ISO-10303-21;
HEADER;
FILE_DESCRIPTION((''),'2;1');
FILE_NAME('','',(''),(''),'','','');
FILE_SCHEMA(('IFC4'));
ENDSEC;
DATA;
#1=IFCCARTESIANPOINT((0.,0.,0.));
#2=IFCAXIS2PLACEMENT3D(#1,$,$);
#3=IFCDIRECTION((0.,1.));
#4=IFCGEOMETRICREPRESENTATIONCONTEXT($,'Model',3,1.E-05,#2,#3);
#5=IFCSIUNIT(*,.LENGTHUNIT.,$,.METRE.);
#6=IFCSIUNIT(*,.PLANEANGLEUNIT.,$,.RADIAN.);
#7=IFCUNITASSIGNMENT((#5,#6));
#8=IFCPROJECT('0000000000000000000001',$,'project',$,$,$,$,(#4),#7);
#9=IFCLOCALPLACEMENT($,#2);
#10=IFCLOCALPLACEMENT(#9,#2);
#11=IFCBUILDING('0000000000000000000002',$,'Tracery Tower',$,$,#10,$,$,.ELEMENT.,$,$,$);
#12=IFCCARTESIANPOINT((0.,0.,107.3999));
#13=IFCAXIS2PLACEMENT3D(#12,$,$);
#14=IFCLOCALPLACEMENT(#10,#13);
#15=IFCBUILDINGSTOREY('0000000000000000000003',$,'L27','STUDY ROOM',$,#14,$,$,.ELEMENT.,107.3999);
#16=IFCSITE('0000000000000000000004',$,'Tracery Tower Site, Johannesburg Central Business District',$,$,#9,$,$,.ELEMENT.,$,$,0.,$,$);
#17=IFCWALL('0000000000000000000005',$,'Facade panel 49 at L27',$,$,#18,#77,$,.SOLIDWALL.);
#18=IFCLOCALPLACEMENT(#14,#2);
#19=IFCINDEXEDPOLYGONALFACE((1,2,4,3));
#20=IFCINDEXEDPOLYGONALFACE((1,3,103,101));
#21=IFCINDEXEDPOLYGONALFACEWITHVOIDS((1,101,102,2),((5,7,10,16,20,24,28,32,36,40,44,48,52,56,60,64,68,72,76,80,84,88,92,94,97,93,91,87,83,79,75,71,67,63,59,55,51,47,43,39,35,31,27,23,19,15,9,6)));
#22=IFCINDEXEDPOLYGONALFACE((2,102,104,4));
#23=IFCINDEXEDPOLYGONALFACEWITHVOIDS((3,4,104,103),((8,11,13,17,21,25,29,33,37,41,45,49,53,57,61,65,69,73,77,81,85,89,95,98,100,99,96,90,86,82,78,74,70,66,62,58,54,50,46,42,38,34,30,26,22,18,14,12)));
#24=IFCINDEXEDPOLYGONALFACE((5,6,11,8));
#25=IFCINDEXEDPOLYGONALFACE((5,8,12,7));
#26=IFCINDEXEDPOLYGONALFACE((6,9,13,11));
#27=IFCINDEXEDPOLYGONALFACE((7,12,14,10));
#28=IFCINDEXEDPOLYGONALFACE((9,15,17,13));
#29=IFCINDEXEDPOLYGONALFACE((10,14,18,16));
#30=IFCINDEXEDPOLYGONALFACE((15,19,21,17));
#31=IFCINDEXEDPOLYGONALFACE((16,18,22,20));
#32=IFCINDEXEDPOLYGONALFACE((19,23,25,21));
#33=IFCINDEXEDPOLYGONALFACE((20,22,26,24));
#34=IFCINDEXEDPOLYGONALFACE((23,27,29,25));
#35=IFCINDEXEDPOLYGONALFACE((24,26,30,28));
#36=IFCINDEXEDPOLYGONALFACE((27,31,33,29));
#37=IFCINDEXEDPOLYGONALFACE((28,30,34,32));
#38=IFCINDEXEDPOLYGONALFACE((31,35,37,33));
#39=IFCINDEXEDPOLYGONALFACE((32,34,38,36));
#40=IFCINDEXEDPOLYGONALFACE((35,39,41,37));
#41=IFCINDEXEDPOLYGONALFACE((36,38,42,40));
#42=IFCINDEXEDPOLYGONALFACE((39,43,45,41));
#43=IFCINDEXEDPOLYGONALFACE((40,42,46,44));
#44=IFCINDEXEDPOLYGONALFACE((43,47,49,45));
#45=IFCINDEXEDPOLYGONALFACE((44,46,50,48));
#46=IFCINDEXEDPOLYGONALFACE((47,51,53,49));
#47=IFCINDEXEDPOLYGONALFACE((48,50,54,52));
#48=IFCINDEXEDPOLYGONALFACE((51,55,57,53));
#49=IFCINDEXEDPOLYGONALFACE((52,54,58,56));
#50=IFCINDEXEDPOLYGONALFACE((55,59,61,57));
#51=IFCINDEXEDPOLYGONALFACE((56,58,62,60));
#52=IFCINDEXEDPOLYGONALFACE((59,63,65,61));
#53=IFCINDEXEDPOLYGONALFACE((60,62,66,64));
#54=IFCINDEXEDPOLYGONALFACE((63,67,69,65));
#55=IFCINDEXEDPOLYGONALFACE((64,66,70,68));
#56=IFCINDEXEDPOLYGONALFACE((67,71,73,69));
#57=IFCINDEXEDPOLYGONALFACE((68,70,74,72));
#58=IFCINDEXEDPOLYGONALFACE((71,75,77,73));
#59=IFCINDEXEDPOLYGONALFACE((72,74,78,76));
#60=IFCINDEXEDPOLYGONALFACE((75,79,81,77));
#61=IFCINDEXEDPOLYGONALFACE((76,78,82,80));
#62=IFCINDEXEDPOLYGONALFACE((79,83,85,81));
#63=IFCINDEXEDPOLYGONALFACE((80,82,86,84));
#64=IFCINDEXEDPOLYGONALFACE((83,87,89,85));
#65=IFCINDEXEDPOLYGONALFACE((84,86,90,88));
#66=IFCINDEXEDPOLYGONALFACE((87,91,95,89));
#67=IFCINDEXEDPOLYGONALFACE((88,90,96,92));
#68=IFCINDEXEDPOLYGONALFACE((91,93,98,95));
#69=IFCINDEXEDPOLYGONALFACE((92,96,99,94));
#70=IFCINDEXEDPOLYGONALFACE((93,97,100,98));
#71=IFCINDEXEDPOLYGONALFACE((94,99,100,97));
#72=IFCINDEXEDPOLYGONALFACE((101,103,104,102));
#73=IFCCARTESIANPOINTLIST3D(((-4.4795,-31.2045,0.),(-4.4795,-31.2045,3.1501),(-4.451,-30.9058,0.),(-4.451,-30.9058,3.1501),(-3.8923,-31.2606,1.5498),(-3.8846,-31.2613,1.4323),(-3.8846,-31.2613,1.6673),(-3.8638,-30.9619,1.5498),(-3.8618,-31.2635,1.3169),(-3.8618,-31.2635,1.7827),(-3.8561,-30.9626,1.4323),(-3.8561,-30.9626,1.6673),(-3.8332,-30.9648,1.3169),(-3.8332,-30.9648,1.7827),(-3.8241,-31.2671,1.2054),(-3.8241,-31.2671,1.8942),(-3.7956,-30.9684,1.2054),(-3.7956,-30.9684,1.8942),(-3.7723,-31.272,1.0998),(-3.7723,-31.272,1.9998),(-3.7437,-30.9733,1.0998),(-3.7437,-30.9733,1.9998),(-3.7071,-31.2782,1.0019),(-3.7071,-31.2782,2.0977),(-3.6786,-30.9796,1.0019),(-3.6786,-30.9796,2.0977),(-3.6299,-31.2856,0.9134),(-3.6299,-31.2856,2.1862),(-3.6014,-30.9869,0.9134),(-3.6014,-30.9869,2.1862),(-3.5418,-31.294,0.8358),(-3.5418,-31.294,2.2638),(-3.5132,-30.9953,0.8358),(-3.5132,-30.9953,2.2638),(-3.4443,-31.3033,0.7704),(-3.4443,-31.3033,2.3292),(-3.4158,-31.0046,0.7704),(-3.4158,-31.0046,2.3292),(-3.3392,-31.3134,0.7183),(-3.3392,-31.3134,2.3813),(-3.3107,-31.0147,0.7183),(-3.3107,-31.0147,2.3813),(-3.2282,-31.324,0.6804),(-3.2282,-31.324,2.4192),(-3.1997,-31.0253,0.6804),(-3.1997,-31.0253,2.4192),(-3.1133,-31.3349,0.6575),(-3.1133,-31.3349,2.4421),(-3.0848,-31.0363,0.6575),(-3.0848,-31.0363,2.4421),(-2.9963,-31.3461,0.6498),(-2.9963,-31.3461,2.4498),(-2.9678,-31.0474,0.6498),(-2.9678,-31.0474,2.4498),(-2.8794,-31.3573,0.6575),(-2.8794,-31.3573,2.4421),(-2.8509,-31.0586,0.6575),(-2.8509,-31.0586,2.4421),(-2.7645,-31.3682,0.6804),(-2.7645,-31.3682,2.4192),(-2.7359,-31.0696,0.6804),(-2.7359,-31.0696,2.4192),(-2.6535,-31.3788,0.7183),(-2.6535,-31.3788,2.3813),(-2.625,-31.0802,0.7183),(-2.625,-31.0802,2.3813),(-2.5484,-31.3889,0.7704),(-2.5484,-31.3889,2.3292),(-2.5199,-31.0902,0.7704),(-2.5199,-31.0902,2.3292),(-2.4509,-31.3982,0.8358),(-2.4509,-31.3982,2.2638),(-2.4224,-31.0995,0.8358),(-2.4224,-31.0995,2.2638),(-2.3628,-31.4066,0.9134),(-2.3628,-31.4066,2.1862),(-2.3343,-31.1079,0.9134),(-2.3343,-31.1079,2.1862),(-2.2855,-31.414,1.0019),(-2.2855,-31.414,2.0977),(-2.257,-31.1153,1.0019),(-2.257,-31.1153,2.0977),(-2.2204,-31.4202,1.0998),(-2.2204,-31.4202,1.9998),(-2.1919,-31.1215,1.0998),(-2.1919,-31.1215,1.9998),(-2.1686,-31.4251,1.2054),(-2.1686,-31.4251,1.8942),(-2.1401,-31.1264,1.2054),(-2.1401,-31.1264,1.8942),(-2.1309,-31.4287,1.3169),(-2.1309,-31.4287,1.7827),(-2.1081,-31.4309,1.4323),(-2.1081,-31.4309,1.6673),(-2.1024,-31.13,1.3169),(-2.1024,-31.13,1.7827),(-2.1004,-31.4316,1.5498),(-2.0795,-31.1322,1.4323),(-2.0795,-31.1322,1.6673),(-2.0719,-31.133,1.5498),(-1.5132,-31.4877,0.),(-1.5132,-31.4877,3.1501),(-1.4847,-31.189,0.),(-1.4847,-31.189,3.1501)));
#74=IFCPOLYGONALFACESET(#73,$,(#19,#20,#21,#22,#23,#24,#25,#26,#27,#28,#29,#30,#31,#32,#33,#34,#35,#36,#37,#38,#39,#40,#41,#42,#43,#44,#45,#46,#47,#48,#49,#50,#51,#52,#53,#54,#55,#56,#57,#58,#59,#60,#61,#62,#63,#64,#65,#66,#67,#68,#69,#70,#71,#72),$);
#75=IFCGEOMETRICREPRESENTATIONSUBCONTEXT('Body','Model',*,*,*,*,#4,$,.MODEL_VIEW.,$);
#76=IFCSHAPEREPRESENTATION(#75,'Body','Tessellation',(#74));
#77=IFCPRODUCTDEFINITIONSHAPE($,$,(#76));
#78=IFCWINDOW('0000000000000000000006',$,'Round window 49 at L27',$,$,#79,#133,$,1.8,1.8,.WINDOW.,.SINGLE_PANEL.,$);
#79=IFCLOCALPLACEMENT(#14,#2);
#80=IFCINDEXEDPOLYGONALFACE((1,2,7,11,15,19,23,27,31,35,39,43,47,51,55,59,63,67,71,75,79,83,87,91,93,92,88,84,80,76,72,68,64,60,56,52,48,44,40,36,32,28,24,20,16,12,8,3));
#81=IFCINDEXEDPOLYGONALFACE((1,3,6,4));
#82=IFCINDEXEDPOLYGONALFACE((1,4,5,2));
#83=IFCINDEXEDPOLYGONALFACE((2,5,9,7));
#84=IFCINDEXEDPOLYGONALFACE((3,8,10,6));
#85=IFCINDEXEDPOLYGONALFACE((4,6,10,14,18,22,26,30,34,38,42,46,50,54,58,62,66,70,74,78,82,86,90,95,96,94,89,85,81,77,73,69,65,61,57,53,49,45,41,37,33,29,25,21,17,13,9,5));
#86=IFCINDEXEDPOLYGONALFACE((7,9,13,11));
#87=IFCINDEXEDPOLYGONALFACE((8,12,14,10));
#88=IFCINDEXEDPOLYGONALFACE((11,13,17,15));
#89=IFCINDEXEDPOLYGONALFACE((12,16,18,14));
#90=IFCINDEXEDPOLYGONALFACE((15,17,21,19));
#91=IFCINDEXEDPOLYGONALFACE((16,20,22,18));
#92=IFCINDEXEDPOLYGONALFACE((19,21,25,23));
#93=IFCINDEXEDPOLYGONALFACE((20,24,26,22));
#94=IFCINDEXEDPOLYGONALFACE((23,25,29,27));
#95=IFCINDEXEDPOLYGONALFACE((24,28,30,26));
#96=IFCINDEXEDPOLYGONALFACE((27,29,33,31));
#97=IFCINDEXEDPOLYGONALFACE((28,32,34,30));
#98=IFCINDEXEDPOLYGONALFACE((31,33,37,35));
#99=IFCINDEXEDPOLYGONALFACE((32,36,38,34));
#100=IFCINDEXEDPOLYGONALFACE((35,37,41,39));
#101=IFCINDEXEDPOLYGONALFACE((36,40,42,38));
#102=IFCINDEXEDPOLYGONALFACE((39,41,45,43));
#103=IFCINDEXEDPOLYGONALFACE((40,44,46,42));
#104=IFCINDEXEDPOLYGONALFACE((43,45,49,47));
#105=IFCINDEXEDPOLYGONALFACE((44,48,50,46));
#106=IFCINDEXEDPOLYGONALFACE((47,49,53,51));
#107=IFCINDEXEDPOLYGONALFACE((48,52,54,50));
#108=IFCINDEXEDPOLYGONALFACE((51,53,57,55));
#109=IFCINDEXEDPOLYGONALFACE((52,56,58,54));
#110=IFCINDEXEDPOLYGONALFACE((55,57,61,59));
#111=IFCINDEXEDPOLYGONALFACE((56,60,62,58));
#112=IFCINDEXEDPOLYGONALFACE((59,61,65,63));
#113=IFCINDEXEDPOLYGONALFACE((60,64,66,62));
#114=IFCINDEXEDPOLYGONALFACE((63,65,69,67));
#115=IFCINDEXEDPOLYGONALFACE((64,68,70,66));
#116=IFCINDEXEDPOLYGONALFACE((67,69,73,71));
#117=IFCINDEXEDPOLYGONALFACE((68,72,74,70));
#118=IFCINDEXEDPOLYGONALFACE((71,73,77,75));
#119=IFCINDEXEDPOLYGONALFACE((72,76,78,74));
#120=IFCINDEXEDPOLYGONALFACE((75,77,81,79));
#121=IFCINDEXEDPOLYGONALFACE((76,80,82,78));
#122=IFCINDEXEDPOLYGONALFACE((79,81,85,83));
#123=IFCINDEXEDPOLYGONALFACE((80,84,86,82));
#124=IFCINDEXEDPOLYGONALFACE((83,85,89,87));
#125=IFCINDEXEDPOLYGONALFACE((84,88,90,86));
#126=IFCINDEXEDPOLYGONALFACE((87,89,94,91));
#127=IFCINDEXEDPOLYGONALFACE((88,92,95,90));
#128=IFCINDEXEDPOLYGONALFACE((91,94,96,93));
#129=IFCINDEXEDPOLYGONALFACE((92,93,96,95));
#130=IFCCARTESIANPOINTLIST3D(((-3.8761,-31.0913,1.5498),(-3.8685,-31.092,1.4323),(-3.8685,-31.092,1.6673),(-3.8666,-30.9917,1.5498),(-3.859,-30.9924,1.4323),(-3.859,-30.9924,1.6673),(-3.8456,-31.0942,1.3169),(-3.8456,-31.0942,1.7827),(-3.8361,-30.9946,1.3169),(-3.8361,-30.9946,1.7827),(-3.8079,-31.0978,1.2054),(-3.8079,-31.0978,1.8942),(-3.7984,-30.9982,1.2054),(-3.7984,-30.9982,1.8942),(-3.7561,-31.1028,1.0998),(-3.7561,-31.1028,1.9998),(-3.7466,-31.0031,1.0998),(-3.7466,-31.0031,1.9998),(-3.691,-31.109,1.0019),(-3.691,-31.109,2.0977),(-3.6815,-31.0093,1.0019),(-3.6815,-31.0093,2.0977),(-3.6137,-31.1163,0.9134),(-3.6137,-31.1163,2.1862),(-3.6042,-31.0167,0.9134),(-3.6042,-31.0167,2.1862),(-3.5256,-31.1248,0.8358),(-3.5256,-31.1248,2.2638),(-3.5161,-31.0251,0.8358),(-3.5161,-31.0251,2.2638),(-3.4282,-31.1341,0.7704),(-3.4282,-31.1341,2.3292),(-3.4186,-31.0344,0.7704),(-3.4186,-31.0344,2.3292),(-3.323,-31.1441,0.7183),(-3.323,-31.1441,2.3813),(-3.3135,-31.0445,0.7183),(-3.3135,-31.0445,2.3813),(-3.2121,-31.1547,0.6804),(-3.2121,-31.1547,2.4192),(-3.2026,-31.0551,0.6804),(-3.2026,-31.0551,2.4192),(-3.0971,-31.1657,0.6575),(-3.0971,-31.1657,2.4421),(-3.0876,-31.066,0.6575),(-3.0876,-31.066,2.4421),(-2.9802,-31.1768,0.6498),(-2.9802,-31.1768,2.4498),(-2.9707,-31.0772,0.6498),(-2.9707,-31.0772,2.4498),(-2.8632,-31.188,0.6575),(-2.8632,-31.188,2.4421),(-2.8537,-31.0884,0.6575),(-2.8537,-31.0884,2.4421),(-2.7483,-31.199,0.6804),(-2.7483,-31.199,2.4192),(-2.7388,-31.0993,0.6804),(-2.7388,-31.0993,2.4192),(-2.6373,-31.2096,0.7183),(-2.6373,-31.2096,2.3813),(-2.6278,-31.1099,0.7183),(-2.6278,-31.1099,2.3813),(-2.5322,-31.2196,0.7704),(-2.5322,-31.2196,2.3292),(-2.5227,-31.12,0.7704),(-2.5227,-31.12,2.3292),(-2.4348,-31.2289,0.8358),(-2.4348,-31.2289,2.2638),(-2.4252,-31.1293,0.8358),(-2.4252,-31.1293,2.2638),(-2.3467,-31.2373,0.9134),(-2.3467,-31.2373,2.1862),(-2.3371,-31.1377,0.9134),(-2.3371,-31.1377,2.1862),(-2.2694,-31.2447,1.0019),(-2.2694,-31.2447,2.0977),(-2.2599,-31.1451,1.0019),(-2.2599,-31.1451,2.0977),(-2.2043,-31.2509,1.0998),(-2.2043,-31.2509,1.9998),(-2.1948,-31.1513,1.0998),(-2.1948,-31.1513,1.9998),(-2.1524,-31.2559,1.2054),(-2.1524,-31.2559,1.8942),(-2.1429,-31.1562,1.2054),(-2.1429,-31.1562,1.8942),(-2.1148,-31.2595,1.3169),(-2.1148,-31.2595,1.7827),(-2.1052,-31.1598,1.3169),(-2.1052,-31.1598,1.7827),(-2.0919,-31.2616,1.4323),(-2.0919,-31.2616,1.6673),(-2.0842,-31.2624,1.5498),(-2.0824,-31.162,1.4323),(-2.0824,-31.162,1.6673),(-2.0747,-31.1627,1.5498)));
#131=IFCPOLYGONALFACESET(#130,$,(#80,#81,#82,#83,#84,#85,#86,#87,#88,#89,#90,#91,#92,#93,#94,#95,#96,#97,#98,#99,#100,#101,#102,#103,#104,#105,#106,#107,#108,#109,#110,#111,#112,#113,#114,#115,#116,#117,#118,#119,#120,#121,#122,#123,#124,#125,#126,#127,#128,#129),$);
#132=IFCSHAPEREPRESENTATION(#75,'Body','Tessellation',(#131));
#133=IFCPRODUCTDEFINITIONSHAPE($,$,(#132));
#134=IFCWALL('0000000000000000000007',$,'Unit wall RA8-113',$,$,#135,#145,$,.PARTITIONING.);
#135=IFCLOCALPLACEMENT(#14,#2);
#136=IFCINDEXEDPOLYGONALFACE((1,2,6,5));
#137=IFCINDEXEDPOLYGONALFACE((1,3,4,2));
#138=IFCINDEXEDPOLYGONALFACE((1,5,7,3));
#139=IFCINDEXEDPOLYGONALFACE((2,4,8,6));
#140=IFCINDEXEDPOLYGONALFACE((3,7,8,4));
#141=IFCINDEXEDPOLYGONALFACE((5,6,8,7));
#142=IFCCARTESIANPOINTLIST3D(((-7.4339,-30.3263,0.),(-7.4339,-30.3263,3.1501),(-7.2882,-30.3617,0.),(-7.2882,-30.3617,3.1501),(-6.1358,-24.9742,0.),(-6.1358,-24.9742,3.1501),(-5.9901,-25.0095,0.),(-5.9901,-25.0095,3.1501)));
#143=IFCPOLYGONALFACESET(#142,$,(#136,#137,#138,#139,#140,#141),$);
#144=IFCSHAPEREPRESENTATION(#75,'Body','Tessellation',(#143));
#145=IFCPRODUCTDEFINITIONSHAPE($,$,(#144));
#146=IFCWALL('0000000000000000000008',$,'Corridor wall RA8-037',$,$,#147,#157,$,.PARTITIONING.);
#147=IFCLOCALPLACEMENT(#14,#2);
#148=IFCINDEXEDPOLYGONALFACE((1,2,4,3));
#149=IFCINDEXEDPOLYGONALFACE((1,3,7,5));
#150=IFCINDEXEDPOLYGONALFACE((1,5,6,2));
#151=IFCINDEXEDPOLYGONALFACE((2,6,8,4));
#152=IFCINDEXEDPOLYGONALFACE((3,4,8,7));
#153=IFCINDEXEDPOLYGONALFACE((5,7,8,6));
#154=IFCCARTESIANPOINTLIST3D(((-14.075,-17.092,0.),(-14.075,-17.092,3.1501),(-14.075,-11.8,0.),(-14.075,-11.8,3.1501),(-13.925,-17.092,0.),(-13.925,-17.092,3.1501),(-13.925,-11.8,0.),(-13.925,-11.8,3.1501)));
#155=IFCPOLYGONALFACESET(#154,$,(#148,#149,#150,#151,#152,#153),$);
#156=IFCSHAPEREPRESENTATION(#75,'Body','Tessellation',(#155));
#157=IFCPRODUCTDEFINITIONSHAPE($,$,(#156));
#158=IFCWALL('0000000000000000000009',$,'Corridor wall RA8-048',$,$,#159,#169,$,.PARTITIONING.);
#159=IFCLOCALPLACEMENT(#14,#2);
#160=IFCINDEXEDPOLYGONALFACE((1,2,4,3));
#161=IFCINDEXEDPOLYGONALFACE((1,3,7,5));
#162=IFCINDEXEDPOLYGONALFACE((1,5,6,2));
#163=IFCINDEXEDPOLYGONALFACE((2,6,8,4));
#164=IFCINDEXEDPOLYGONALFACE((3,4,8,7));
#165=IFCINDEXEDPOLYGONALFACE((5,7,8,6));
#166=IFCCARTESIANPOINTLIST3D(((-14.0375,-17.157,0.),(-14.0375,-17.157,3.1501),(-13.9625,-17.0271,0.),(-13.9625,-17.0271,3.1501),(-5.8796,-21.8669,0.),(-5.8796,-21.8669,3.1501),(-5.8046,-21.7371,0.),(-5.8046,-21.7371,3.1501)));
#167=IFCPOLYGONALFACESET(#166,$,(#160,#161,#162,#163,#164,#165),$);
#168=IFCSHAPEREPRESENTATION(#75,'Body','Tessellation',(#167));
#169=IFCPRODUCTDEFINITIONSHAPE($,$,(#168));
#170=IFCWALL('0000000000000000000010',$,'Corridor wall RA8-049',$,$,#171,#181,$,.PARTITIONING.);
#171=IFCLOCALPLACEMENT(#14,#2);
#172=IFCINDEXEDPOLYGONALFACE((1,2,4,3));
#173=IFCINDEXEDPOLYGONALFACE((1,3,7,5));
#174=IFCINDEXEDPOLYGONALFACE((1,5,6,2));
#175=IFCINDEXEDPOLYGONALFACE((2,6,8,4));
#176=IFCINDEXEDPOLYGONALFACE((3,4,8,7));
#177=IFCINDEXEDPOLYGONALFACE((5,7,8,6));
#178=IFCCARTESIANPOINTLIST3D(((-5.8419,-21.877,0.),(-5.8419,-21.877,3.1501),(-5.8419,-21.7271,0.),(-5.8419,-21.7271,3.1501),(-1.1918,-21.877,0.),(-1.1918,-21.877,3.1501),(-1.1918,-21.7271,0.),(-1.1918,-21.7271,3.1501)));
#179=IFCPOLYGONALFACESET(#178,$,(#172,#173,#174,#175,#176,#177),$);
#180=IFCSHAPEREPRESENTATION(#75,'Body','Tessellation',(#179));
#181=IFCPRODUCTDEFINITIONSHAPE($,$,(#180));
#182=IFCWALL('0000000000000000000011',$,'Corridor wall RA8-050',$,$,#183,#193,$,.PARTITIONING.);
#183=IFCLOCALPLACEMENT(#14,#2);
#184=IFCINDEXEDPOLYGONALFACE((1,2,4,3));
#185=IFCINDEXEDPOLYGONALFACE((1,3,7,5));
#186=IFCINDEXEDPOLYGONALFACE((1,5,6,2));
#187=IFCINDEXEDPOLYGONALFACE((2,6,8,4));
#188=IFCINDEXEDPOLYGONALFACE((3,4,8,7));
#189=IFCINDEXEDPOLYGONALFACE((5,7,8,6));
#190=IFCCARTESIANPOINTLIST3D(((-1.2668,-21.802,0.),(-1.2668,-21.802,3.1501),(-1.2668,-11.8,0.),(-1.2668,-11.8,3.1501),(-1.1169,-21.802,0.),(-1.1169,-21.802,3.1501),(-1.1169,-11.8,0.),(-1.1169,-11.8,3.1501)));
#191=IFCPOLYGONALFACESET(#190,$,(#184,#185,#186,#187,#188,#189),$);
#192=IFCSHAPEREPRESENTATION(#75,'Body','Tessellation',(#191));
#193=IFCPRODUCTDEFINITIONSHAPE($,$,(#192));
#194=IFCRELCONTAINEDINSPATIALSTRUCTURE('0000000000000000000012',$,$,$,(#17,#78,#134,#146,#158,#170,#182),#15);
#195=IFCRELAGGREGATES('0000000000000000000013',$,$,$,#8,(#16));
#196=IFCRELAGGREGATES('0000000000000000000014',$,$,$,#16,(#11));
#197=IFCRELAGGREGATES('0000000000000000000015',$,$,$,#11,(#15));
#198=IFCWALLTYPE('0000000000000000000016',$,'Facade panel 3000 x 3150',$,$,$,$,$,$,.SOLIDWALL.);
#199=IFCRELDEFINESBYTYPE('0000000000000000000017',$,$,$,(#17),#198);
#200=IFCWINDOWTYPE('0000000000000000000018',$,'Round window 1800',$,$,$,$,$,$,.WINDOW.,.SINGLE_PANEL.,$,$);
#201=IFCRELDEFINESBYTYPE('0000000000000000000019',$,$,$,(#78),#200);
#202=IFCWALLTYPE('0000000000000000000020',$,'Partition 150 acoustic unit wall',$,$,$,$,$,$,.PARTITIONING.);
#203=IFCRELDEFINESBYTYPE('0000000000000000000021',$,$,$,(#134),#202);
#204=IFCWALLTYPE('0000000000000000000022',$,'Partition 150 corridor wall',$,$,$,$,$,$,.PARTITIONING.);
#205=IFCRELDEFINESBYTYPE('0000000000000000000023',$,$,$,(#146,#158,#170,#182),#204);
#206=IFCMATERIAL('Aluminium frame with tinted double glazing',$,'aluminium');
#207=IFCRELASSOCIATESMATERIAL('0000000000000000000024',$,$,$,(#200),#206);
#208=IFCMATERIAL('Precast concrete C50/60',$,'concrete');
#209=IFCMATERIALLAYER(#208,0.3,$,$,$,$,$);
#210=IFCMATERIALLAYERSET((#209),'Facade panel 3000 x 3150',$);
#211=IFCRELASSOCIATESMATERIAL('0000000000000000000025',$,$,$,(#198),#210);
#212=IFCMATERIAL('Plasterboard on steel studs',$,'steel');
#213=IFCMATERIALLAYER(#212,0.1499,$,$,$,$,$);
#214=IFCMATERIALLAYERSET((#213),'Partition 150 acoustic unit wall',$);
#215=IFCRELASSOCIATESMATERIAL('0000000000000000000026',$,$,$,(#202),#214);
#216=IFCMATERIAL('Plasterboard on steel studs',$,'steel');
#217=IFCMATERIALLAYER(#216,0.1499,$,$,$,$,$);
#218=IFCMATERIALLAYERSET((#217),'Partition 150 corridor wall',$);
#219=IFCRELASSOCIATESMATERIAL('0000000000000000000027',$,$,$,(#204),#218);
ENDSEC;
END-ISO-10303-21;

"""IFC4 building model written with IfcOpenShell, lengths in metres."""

from ifc_helpers import new_model, si_unit, direction, frame, frame_2d, origin, origin_2d, place, context, subcontext, project, spatial, rectangle, circle, extrude, material, layer, layer_set, type_object, element, fill, save


model = new_model("IFC4")

# Units and contexts
model_context = context("Model", 3, precision=1e-05, world=origin(), true_north=direction((0.0, 1.0)))
body_context = subcontext(model_context, "Body", "Model", "MODEL_VIEW")
ifc_project = project(units=[si_unit("LENGTHUNIT", "METRE"), si_unit("PLANEANGLEUNIT", "RADIAN")], contexts=[model_context])

# Site, building, storey
site_placement = place(None, origin())
site = spatial("IfcSite", under=ifc_project, at=site_placement, Name="Tracery Tower Site, Johannesburg Central Business District", CompositionType="ELEMENT", RefElevation=0.0)
building_placement = place(site_placement, origin())
building = spatial("IfcBuilding", under=site, at=building_placement, Name="Tracery Tower", CompositionType="ELEMENT")
storey_placement = place(building_placement, frame((0.0, 0.0, 107.3999)))
storey = spatial("IfcBuildingStorey", under=building, at=storey_placement, Name="L27", Description="STUDY ROOM", CompositionType="ELEMENT", Elevation=107.3999)

# Wall, opening, window
ifc_material_1 = material(Name="Aluminium frame with tinted double glazing", Category="aluminium")
window_type = type_object("IfcWindowType", Name="Round window 1800", PartitioningType="SINGLE_PANEL", PredefinedType="WINDOW", material=ifc_material_1)
ifc_material_2 = material(Name="Precast concrete C50/60", Category="concrete")
ifc_layer_1 = layer(ifc_material_2, 0.3)
ifc_layer_set_1 = layer_set([ifc_layer_1], Name="Facade panel 3000 x 3150")
wall_type_1 = type_object("IfcWallType", Name="Facade panel 3000 x 3150", PredefinedType="SOLIDWALL", material=ifc_layer_set_1)
wall_1_placement = place(storey_placement, frame((-4.4651, -31.0552, 0.0), z_axis=(0.0, 0.0, 1.0), x_axis=(0.995473, -0.095041, 0.0)))
wall_1 = element("IfcWall", 1, at=wall_1_placement, inside=storey, type_object=wall_type_1, Name="Facade panel 49 at L27", PredefinedType="SOLIDWALL", context=body_context, shape_type="SweptSolid", body=[
    extrude(rectangle(XDim=2.9797, YDim=0.3, at=frame_2d((1.4897, 0.0))), origin(), (0.0, 0.0, 1.0), 3.1501),
])
opening_1_placement = place(wall_1_placement, frame((1.4897, 0.0, 1.5498)))
opening_1 = element("IfcOpeningElement", 2, at=opening_1_placement, cuts=wall_1, PredefinedType="OPENING", context=body_context, shape_type="SweptSolid", body=[
    extrude(circle(Radius=0.9, at=origin_2d()), frame((0.0, 0.1599, 0.0), z_axis=(0.0, -1.0, 0.0), x_axis=(1.0, 0.0, 0.0)), (0.0, 0.0, 1.0), 0.3201),
])
window_1_placement = place(opening_1_placement, origin())
window_1 = element("IfcWindow", 3, at=window_1_placement, inside=storey, type_object=window_type, Name="Round window 49 at L27", OverallHeight=1.8, OverallWidth=1.8, PartitioningType="SINGLE_PANEL", PredefinedType="WINDOW", context=body_context, shape_type="SweptSolid", body=[
    extrude(circle(Radius=0.9, at=origin_2d()), frame((0.0, 0.1201, 0.0), z_axis=(0.0, -1.0, 0.0), x_axis=(1.0, 0.0, 0.0)), (0.0, 0.0, 1.0), 0.1001),
])
fill(opening_1, window_1)

# Walls
ifc_material_3 = material(Name="Plasterboard on steel studs", Category="steel")
ifc_layer_2 = layer(ifc_material_3, 0.1499)
ifc_layer_set_2 = layer_set([ifc_layer_2], Name="Partition 150 acoustic unit wall")
wall_type_2 = type_object("IfcWallType", Name="Partition 150 acoustic unit wall", PredefinedType="PARTITIONING", material=ifc_layer_set_2)
wall_2_placement = place(storey_placement, frame((-7.3611, -30.344, 0.0), z_axis=(0.0, 0.0, 1.0), x_axis=(0.235708, 0.971824, 0.0)))
element("IfcWall", 4, at=wall_2_placement, inside=storey, type_object=wall_type_2, Name="Unit wall RA8-113", PredefinedType="PARTITIONING", context=body_context, shape_type="SweptSolid", body=[
    extrude(rectangle(XDim=5.5073, YDim=0.1499, at=frame_2d((2.7537, 0.0))), origin(), (0.0, 0.0, 1.0), 3.1501),
])
ifc_material_4 = material(Name="Plasterboard on steel studs", Category="steel")
ifc_layer_3 = layer(ifc_material_4, 0.1499)
ifc_layer_set_3 = layer_set([ifc_layer_3], Name="Partition 150 corridor wall")
wall_type_3 = type_object("IfcWallType", Name="Partition 150 corridor wall", PredefinedType="PARTITIONING", material=ifc_layer_set_3)
wall_3_placement = place(storey_placement, frame((-14.0, -17.092, 0.0), z_axis=(0.0, 0.0, 1.0), x_axis=(0.0, 1.0, 0.0)))
element("IfcWall", 5, at=wall_3_placement, inside=storey, type_object=wall_type_3, Name="Corridor wall RA8-037", PredefinedType="PARTITIONING", context=body_context, shape_type="SweptSolid", body=[
    extrude(rectangle(XDim=5.292, YDim=0.1499, at=frame_2d((2.646, 0.0))), origin(), (0.0, 0.0, 1.0), 3.1501),
])
wall_4_placement = place(storey_placement, frame((-14.0, -17.092, 0.0), z_axis=(0.0, 0.0, 1.0), x_axis=(0.866027, -0.499997, 0.0)))
element("IfcWall", 6, at=wall_4_placement, inside=storey, type_object=wall_type_3, Name="Corridor wall RA8-048", PredefinedType="PARTITIONING", context=body_context, shape_type="SweptSolid", body=[
    extrude(rectangle(XDim=9.4199, YDim=0.1499, at=frame_2d((4.71, 0.0))), origin(), (0.0, 0.0, 1.0), 3.1501),
])
wall_5_placement = place(storey_placement, frame((-5.842, -21.802, 0.0), z_axis=(0.0, 0.0, 1.0), x_axis=(1.0, 0.0, 0.0)))
element("IfcWall", 7, at=wall_5_placement, inside=storey, type_object=wall_type_3, Name="Corridor wall RA8-049", PredefinedType="PARTITIONING", context=body_context, shape_type="SweptSolid", body=[
    extrude(rectangle(XDim=4.6501, YDim=0.1499, at=frame_2d((2.3252, 0.0))), origin(), (0.0, 0.0, 1.0), 3.1501),
])
wall_6_placement = place(storey_placement, frame((-1.1919, -21.802, 0.0), z_axis=(0.0, 0.0, 1.0), x_axis=(0.0, 1.0, 0.0)))
element("IfcWall", 8, at=wall_6_placement, inside=storey, type_object=wall_type_3, Name="Corridor wall RA8-050", PredefinedType="PARTITIONING", context=body_context, shape_type="SweptSolid", body=[
    extrude(rectangle(XDim=10.002, YDim=0.1499, at=frame_2d((5.001, 0.0))), origin(), (0.0, 0.0, 1.0), 3.1501),
])

save(model, "model.ifc")
